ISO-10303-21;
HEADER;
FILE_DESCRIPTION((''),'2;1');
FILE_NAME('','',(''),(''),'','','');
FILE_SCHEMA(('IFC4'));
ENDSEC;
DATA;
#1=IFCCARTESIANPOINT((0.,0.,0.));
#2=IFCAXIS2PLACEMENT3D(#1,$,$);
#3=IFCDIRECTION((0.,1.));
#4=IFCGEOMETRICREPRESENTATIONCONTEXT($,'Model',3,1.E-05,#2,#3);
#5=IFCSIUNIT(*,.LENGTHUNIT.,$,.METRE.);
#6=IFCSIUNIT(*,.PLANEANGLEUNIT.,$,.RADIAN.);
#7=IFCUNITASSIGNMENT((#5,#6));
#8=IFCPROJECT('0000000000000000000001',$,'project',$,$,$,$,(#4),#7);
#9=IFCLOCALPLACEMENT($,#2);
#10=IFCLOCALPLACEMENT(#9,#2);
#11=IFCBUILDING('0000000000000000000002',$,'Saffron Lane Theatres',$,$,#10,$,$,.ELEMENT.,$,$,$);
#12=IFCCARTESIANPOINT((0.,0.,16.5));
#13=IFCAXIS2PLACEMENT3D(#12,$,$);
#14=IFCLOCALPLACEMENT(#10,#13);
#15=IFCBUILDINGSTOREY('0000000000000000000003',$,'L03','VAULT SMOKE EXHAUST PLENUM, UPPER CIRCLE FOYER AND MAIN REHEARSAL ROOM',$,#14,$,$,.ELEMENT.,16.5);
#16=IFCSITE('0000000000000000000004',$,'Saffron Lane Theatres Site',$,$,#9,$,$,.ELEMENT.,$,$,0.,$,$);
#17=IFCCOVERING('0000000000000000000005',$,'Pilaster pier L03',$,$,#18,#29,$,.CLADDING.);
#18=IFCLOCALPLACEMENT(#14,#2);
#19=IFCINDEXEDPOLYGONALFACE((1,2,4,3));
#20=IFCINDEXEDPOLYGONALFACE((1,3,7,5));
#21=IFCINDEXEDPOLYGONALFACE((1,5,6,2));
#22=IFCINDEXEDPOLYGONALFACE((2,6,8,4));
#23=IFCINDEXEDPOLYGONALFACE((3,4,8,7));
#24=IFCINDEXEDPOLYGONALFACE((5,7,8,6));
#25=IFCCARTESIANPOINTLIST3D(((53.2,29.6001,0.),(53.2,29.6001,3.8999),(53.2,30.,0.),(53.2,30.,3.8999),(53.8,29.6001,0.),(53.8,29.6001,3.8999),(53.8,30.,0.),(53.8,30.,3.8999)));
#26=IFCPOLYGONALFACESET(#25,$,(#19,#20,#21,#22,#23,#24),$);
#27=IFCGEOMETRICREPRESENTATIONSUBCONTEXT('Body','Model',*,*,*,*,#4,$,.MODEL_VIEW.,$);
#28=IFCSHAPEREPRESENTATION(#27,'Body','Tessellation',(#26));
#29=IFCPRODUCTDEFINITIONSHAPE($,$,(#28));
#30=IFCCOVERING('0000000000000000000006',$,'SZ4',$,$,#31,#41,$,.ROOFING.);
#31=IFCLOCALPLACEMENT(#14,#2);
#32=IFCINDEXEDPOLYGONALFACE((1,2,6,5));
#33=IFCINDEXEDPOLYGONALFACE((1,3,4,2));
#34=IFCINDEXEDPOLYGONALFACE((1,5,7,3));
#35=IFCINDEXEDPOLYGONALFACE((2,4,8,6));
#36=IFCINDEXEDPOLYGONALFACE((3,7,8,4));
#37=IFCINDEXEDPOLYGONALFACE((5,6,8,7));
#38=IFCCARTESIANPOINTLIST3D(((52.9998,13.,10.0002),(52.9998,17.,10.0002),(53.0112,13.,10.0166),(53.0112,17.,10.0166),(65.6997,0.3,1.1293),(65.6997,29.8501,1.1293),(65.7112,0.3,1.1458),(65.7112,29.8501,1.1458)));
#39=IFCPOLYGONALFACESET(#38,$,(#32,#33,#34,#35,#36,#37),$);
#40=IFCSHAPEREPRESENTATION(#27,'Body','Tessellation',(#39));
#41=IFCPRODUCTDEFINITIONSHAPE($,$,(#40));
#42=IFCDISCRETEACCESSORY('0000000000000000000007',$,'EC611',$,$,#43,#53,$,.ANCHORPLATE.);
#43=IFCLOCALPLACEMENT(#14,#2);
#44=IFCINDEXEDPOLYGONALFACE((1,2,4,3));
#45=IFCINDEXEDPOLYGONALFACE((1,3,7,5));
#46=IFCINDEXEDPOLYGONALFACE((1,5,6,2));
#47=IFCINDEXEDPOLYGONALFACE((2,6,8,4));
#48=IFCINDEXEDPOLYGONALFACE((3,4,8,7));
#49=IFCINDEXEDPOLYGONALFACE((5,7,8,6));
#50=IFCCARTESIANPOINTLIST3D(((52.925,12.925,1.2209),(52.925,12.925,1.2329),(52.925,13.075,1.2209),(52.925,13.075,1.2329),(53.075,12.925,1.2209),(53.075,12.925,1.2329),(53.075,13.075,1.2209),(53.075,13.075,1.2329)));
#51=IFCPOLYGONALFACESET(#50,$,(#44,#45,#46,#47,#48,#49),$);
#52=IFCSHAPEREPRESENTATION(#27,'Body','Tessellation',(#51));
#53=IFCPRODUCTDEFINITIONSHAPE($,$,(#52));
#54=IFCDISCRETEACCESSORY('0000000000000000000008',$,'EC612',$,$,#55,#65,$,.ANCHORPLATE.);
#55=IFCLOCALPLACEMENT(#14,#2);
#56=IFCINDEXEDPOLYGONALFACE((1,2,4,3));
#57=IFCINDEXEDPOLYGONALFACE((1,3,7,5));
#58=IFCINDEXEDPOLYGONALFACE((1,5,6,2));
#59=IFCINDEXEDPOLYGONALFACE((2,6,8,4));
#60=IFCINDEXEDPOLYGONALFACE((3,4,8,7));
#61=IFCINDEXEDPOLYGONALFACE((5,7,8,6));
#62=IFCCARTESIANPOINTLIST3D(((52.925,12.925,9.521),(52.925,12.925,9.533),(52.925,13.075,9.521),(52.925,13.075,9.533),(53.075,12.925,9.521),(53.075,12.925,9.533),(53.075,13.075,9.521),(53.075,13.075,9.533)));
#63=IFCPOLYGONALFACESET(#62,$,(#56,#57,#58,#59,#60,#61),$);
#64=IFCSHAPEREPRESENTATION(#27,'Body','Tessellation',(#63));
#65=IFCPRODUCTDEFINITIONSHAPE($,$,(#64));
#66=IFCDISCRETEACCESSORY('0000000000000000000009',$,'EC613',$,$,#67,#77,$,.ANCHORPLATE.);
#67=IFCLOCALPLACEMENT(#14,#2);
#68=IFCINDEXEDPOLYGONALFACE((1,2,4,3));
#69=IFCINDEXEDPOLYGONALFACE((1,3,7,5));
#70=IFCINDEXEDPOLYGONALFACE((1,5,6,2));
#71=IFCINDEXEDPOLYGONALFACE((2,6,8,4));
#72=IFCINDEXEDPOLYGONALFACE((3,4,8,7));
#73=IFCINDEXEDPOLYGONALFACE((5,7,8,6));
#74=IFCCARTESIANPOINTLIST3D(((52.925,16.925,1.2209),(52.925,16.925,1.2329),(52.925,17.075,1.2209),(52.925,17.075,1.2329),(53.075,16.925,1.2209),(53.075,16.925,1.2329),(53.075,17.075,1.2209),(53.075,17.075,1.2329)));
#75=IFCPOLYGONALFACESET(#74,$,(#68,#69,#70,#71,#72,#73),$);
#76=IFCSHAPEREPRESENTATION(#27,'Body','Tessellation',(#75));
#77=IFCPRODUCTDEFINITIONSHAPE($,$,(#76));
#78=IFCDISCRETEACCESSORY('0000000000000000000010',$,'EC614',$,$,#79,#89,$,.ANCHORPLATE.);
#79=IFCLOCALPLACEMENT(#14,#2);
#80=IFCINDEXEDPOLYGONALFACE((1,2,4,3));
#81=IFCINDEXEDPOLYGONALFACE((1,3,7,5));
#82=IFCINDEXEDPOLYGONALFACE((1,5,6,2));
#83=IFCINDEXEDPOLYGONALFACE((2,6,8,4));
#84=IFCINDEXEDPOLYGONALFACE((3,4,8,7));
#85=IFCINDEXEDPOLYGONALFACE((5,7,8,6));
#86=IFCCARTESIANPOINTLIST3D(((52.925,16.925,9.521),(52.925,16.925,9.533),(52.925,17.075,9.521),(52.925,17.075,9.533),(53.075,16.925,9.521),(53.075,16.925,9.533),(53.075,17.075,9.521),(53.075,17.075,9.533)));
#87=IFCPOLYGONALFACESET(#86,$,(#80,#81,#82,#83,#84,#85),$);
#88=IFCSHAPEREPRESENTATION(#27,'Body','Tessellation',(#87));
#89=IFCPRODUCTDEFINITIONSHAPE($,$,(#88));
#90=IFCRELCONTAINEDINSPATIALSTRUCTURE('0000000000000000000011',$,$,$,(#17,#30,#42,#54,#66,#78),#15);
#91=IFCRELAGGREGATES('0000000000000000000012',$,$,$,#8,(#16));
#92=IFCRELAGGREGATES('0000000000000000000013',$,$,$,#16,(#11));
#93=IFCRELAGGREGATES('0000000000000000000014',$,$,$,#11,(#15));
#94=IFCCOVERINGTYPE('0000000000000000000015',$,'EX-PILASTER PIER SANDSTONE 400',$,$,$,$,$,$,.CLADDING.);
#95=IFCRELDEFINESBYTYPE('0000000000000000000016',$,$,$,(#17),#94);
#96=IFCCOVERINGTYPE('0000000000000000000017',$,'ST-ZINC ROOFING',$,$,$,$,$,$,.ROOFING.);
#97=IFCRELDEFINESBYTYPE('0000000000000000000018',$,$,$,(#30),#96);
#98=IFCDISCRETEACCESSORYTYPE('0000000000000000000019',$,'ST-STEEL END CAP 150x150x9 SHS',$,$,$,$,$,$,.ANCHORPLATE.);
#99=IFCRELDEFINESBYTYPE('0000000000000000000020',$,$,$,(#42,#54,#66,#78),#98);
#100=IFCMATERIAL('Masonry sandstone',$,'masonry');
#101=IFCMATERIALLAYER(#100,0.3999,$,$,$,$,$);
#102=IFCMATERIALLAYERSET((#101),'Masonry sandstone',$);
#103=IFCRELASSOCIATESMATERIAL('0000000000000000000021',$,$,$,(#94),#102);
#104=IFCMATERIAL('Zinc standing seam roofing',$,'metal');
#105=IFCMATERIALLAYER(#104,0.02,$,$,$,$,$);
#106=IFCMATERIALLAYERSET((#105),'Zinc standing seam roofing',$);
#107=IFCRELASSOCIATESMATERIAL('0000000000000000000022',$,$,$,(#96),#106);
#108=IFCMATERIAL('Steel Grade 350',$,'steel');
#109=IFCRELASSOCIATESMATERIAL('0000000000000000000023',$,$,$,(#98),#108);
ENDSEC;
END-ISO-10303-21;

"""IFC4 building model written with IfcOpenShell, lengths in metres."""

from ifc_helpers import new_model, si_unit, direction, frame, origin, origin_2d, place, context, subcontext, project, spatial, polyline, rectangle, outline, extrude, material, layer, layer_set, material_profile, profile_set, type_object, element, save


model = new_model("IFC4")

# Units and contexts
model_context = context("Model", 3, precision=1e-05, world=origin(), true_north=direction((0.0, 1.0)))
body_context = subcontext(model_context, "Body", "Model", "MODEL_VIEW")
ifc_project = project(units=[si_unit("LENGTHUNIT", "METRE"), si_unit("PLANEANGLEUNIT", "RADIAN")], contexts=[model_context])

# Site, building, storey
site_placement = place(None, origin())
site = spatial("IfcSite", under=ifc_project, at=site_placement, Name="Saffron Lane Theatres Site", CompositionType="ELEMENT", RefElevation=0.0)
building_placement = place(site_placement, origin())
building = spatial("IfcBuilding", under=site, at=building_placement, Name="Saffron Lane Theatres", CompositionType="ELEMENT")
storey_placement = place(building_placement, frame((0.0, 0.0, 16.5)))
storey = spatial("IfcBuildingStorey", under=building, at=storey_placement, Name="L03", Description="VAULT SMOKE EXHAUST PLENUM, UPPER CIRCLE FOYER AND MAIN REHEARSAL ROOM", CompositionType="ELEMENT", Elevation=16.5)

# Coverings
ifc_material_1 = material(Name="Masonry sandstone", Category="masonry")
ifc_layer_1 = layer(ifc_material_1, 0.3999)
ifc_layer_set_1 = layer_set([ifc_layer_1], Name="Masonry sandstone")
covering_type_1 = type_object("IfcCoveringType", Name="EX-PILASTER PIER SANDSTONE 400", PredefinedType="CLADDING", material=ifc_layer_set_1)
covering_1_placement = place(storey_placement, frame((53.5, 29.8, 0.0), z_axis=(0.0, 0.0, 1.0), x_axis=(-1.0, 0.0, 0.0)))
element("IfcCovering", 1, at=covering_1_placement, inside=storey, type_object=covering_type_1, Name="Pilaster pier L03", PredefinedType="CLADDING", context=body_context, shape_type="SweptSolid", body=[
    extrude(rectangle(XDim=0.6001, YDim=0.3999, at=origin_2d()), origin(), (0.0, 0.0, 1.0), 3.8999),
])
ifc_material_2 = material(Name="Zinc standing seam roofing", Category="metal")
ifc_layer_2 = layer(ifc_material_2, 0.02)
ifc_layer_set_2 = layer_set([ifc_layer_2], Name="Zinc standing seam roofing")
covering_type_2 = type_object("IfcCoveringType", Name="ST-ZINC ROOFING", PredefinedType="ROOFING", material=ifc_layer_set_2)
covering_2_placement = place(storey_placement, frame((65.7112, 0.3, 1.1458), z_axis=(0.572634, 0.0, 0.819811), x_axis=(0.0, 1.0, 0.0)))
element("IfcCovering", 2, at=covering_2_placement, inside=storey, type_object=covering_type_2, Name="SZ4", PredefinedType="ROOFING", context=body_context, shape_type="SweptSolid", body=[
    extrude(outline(polyline([(0.0, 0.0), (29.55, 0.0), (16.7, 15.4913), (12.7, 15.4913), (0.0, 0.0)])), origin(), (0.0, 0.0, -1.0), 0.02),
])

# Discrete accessories
ifc_material_3 = material(Name="Steel Grade 350", Category="steel")
ifc_material_profile_1 = material_profile(ifc_material_3, rectangle(XDim=0.1499, YDim=0.1499, at=origin_2d()))
ifc_profile_set_1 = profile_set([ifc_material_profile_1], Name="Steel Grade 350")
discrete_accessory_type = type_object("IfcDiscreteAccessoryType", Name="ST-STEEL END CAP 150x150x9 SHS", PredefinedType="ANCHORPLATE", material=ifc_profile_set_1)
for number, where, z_axis, x_axis, name in (
    (3, (53.0, 13.0, 1.2209), (0.0, 0.0, 1.0), (1.0, 0.0, 0.0), "EC611"),
    (4, (53.0, 13.0, 9.521), (0.0, 0.0, 1.0), (1.0, 0.0, 0.0), "EC612"),
    (5, (53.0, 17.0, 1.2209), (0.0, 0.0, 1.0), (1.0, 0.0, 0.0), "EC613"),
    (6, (53.0, 17.0, 9.521), (0.0, 0.0, 1.0), (1.0, 0.0, 0.0), "EC614"),
):
    element("IfcDiscreteAccessory", number, at=place(storey_placement, frame(where, z_axis=z_axis, x_axis=x_axis)), inside=storey, type_object=discrete_accessory_type, Name=name, PredefinedType="ANCHORPLATE", context=body_context, shape_type="SweptSolid", body=[
        extrude(rectangle(XDim=0.1499, YDim=0.1499, at=origin_2d()), origin(), (0.0, 0.0, 1.0), 0.012),
    ])

save(model, "model.ifc")
